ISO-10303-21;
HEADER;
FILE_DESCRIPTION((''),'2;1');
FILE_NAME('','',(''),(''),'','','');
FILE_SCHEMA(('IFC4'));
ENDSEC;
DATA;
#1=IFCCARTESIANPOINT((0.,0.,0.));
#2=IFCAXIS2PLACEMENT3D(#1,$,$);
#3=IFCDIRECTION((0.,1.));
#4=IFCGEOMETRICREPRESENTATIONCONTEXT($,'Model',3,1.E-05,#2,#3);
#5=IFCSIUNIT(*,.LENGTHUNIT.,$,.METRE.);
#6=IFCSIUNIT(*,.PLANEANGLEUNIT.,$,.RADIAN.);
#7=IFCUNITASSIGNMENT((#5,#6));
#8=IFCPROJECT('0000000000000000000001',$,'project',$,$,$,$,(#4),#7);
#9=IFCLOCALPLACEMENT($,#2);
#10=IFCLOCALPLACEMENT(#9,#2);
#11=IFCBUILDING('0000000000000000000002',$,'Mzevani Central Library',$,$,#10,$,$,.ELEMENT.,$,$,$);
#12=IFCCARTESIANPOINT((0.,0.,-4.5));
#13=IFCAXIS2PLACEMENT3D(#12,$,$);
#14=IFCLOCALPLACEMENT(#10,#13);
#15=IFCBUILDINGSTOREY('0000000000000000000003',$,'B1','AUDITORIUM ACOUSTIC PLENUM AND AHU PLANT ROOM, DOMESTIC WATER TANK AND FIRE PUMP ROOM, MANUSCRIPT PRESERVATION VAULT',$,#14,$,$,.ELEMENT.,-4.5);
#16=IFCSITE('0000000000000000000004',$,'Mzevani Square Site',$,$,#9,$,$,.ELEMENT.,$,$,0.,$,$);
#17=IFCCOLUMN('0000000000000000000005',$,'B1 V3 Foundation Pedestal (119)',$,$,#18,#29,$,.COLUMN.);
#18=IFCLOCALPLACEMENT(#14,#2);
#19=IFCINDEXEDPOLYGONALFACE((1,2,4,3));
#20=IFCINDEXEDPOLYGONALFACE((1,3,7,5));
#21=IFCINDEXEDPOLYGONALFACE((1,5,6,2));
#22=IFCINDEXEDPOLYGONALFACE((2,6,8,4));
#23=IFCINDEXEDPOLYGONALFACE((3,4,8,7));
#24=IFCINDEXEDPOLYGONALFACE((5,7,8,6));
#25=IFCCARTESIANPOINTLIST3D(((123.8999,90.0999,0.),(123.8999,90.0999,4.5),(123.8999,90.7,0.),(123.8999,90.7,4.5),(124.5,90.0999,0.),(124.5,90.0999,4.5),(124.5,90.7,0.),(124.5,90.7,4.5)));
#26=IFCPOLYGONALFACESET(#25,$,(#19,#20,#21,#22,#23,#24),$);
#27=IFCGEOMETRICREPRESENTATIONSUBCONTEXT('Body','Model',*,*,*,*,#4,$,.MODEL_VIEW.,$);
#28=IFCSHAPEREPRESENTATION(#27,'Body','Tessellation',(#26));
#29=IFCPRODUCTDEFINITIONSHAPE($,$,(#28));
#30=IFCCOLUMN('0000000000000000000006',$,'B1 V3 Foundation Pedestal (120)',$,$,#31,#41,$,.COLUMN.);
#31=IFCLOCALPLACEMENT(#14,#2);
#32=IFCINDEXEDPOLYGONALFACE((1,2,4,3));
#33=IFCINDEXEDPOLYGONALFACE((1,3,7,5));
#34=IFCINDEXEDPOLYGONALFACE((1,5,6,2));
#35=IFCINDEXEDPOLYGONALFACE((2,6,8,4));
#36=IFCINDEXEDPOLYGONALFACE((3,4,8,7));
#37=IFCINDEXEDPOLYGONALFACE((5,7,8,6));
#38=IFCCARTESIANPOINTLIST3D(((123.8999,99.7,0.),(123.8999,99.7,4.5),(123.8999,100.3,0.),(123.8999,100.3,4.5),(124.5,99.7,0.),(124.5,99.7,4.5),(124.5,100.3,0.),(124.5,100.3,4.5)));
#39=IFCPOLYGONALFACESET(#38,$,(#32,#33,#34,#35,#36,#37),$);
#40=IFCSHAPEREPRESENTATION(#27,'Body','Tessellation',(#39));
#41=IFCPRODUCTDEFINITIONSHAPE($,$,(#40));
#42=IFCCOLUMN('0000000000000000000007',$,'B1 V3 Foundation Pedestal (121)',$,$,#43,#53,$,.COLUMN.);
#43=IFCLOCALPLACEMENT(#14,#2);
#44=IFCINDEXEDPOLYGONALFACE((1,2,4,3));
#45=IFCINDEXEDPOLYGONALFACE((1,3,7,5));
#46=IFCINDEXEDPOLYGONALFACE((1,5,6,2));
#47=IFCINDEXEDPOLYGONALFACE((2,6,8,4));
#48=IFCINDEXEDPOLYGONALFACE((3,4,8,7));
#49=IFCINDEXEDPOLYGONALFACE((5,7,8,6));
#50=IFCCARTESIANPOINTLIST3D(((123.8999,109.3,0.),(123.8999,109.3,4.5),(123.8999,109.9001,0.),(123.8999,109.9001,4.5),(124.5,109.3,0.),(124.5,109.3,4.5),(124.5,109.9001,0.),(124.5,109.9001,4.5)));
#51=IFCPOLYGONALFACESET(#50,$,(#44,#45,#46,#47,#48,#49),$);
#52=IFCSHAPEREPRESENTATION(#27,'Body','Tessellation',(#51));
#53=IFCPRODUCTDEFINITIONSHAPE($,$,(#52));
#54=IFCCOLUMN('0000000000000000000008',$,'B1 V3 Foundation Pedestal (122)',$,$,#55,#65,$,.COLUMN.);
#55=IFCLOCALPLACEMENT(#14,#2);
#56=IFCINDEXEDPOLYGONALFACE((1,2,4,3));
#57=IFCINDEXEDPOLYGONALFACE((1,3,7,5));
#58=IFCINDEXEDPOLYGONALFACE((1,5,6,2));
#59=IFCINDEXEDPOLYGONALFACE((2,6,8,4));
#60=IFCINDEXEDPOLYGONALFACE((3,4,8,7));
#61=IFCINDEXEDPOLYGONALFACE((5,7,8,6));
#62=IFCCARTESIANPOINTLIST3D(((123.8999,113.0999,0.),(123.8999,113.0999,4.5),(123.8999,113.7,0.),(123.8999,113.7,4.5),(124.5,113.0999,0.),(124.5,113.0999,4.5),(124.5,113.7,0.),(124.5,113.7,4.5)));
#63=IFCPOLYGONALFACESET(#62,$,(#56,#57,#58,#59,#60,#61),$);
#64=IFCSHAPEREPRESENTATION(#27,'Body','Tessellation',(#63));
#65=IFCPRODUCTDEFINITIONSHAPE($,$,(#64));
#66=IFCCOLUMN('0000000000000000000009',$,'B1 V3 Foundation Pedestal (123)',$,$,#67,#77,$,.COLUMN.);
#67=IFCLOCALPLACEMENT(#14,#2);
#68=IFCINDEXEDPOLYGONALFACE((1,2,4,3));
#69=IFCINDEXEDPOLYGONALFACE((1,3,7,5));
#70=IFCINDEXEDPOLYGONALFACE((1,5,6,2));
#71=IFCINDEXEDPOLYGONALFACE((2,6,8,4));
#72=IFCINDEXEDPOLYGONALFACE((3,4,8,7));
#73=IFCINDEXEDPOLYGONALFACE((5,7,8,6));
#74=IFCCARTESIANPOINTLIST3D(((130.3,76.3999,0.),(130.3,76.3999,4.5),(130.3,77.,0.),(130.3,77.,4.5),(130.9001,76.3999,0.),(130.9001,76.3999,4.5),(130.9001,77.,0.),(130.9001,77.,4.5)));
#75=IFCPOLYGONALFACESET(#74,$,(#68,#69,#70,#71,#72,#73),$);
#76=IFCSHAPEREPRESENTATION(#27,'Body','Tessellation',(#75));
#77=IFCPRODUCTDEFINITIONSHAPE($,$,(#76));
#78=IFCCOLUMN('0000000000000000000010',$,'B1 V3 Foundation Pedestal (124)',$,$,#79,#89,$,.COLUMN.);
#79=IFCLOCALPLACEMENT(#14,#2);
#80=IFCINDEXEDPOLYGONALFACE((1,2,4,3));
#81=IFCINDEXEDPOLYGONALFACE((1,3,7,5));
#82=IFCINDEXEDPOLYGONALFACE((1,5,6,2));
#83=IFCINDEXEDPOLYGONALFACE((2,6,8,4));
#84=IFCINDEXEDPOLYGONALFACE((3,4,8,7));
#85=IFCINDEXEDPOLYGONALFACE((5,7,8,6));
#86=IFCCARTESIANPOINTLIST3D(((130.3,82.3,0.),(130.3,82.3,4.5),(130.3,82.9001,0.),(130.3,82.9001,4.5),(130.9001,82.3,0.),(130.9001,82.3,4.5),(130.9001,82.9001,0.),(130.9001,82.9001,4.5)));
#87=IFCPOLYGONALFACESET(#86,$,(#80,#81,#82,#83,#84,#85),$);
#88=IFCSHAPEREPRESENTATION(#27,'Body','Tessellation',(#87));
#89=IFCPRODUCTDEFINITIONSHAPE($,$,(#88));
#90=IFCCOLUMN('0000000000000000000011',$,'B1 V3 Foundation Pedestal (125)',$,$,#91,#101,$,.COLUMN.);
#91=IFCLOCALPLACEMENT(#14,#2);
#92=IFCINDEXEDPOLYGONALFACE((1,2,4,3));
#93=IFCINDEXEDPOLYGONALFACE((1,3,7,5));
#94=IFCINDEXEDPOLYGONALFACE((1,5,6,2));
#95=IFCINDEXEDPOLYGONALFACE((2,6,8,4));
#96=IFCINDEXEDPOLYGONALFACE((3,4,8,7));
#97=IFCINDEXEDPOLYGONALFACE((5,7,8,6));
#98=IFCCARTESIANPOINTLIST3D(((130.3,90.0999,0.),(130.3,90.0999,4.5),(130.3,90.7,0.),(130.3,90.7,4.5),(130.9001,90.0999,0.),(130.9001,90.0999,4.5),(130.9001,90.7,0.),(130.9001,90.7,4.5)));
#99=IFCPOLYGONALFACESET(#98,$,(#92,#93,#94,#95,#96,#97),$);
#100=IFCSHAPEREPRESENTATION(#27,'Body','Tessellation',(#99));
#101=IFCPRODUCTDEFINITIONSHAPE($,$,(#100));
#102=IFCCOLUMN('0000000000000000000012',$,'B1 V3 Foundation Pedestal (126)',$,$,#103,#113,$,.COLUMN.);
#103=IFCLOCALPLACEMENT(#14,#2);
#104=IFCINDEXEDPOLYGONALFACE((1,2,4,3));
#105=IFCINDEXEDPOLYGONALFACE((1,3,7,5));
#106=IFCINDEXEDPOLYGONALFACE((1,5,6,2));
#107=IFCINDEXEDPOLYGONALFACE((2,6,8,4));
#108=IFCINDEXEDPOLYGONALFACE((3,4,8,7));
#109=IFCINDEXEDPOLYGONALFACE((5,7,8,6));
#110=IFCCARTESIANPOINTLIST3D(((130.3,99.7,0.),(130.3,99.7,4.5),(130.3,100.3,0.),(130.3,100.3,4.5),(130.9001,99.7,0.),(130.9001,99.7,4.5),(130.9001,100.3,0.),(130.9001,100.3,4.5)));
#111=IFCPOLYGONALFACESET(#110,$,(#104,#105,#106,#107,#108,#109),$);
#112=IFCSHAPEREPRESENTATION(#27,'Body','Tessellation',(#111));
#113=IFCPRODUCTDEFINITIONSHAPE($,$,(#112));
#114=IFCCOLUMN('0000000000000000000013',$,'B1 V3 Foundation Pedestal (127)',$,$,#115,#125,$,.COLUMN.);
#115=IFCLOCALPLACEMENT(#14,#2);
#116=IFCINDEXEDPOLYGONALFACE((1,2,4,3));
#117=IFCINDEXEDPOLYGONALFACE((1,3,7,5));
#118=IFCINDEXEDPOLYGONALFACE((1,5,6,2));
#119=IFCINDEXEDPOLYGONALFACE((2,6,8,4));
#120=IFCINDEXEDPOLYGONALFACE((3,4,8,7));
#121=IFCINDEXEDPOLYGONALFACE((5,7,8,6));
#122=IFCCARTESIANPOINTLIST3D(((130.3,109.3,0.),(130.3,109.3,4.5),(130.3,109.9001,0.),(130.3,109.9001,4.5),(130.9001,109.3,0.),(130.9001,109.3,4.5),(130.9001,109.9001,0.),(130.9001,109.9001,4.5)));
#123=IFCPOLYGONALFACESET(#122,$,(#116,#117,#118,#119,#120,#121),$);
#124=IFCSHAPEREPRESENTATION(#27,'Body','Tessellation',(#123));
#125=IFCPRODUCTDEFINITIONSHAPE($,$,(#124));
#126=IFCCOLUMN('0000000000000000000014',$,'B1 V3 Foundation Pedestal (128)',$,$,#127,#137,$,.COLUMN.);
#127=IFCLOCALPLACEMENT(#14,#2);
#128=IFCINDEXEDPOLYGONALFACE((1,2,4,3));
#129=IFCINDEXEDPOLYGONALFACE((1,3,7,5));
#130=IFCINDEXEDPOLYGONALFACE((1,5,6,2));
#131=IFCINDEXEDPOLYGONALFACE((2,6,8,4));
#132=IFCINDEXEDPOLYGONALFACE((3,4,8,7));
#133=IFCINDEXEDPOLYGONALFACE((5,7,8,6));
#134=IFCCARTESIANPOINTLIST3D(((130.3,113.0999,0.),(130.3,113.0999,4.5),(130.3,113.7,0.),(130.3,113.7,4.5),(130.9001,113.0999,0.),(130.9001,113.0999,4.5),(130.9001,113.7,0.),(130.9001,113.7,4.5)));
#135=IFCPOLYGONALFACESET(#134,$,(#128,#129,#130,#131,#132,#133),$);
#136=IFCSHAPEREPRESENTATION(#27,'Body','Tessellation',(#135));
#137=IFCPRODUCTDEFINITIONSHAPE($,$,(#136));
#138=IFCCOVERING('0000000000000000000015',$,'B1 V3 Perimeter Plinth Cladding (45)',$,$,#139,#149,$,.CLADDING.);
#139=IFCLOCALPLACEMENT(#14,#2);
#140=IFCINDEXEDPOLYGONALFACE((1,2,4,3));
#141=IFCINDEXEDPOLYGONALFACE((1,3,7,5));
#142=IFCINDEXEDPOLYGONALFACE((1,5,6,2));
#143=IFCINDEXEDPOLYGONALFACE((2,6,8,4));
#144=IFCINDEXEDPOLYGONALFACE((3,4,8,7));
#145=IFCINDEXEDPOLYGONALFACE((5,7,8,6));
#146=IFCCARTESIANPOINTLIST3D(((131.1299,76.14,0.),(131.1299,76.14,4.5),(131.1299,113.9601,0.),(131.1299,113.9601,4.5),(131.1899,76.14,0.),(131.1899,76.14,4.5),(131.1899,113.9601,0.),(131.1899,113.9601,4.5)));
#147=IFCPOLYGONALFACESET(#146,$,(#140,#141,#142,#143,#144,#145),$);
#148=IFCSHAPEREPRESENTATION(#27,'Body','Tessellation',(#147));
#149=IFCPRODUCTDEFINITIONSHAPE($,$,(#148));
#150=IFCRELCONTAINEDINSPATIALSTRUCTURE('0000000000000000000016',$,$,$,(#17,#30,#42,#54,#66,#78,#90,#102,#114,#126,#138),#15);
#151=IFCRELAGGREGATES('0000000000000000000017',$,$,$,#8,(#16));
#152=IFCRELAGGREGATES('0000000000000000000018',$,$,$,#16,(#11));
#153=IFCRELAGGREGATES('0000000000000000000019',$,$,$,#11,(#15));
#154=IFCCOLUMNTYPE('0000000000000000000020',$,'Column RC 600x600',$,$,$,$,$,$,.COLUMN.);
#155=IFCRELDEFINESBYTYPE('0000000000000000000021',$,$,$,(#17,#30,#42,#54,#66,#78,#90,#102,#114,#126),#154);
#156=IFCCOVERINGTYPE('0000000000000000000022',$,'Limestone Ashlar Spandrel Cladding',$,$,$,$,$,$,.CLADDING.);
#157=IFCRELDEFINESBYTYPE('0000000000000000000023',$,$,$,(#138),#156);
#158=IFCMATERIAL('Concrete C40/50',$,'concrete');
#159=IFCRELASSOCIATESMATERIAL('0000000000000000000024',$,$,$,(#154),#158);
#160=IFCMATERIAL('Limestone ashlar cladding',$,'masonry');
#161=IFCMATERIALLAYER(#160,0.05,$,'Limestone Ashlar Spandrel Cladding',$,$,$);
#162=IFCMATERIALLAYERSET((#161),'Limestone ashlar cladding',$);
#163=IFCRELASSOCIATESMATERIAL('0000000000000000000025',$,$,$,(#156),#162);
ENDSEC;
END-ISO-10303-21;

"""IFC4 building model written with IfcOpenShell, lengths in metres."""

from ifc_helpers import new_model, si_unit, direction, frame, origin, origin_2d, place, context, subcontext, project, spatial, rectangle, extrude, material, layer, layer_set, material_profile, profile_set, type_object, element, save


model = new_model("IFC4")

# Units and contexts
model_context = context("Model", 3, precision=1e-05, world=origin(), true_north=direction((0.0, 1.0)))
body_context = subcontext(model_context, "Body", "Model", "MODEL_VIEW")
ifc_project = project(units=[si_unit("LENGTHUNIT", "METRE"), si_unit("PLANEANGLEUNIT", "RADIAN")], contexts=[model_context])

# Site, building, storey
site_placement = place(None, origin())
site = spatial("IfcSite", under=ifc_project, at=site_placement, Name="Mzevani Square Site", CompositionType="ELEMENT", RefElevation=0.0)
building_placement = place(site_placement, origin())
building = spatial("IfcBuilding", under=site, at=building_placement, Name="Mzevani Central Library", CompositionType="ELEMENT")
storey_placement = place(building_placement, frame((0.0, 0.0, -4.5)))
storey = spatial("IfcBuildingStorey", under=building, at=storey_placement, Name="B1", Description="AUDITORIUM ACOUSTIC PLENUM AND AHU PLANT ROOM, DOMESTIC WATER TANK AND FIRE PUMP ROOM, MANUSCRIPT PRESERVATION VAULT", CompositionType="ELEMENT", Elevation=-4.5)

# Shared definitions
ifc_material_1 = material(Name="Concrete C40/50", Category="concrete")

# Columns
ifc_material_profile_1 = material_profile(ifc_material_1, rectangle(XDim=0.6001, YDim=0.6001, at=origin_2d()), Name="RC 600x600")
ifc_profile_set_1 = profile_set([ifc_material_profile_1], Name="Concrete C40/50")
column_type = type_object("IfcColumnType", Name="Column RC 600x600", PredefinedType="COLUMN", material=ifc_profile_set_1)
for number, where, z_axis, x_axis, name in (
    (1, (124.2, 90.3999, 0.0), (0.0, 0.0, 1.0), (1.0, 0.0, 0.0), "B1 V3 Foundation Pedestal (119)"),
    (2, (124.2, 100.0, 0.0), (0.0, 0.0, 1.0), (1.0, 0.0, 0.0), "B1 V3 Foundation Pedestal (120)"),
    (3, (124.2, 109.6001, 0.0), (0.0, 0.0, 1.0), (1.0, 0.0, 0.0), "B1 V3 Foundation Pedestal (121)"),
    (4, (124.2, 113.3999, 0.0), (0.0, 0.0, 1.0), (1.0, 0.0, 0.0), "B1 V3 Foundation Pedestal (122)"),
    (5, (130.6001, 76.7, 0.0), (0.0, 0.0, 1.0), (1.0, 0.0, 0.0), "B1 V3 Foundation Pedestal (123)"),
    (6, (130.6001, 82.6001, 0.0), (0.0, 0.0, 1.0), (1.0, 0.0, 0.0), "B1 V3 Foundation Pedestal (124)"),
    (7, (130.6001, 90.3999, 0.0), (0.0, 0.0, 1.0), (1.0, 0.0, 0.0), "B1 V3 Foundation Pedestal (125)"),
    (8, (130.6001, 100.0, 0.0), (0.0, 0.0, 1.0), (1.0, 0.0, 0.0), "B1 V3 Foundation Pedestal (126)"),
    (9, (130.6001, 109.6001, 0.0), (0.0, 0.0, 1.0), (1.0, 0.0, 0.0), "B1 V3 Foundation Pedestal (127)"),
    (10, (130.6001, 113.3999, 0.0), (0.0, 0.0, 1.0), (1.0, 0.0, 0.0), "B1 V3 Foundation Pedestal (128)"),
):
    element("IfcColumn", number, at=place(storey_placement, frame(where, z_axis=z_axis, x_axis=x_axis)), inside=storey, type_object=column_type, Name=name, PredefinedType="COLUMN", context=body_context, shape_type="SweptSolid", body=[
        extrude(rectangle(XDim=0.6001, YDim=0.6001, at=origin_2d()), origin(), (0.0, 0.0, 1.0), 4.5),
    ])

# Covering
ifc_material_2 = material(Name="Limestone ashlar cladding", Category="masonry")
ifc_layer = layer(ifc_material_2, 0.05, Name="Limestone Ashlar Spandrel Cladding")
ifc_layer_set = layer_set([ifc_layer], Name="Limestone ashlar cladding")
covering_type = type_object("IfcCoveringType", Name="Limestone Ashlar Spandrel Cladding", PredefinedType="CLADDING", material=ifc_layer_set)
covering_placement = place(storey_placement, frame((131.1599, 95.05, 0.0), z_axis=(0.0, 0.0, 1.0), x_axis=(0.0, -1.0, 0.0)))
element("IfcCovering", 11, at=covering_placement, inside=storey, type_object=covering_type, Name="B1 V3 Perimeter Plinth Cladding (45)", PredefinedType="CLADDING", context=body_context, shape_type="SweptSolid", body=[
    extrude(rectangle(XDim=37.8201, YDim=0.0601, at=origin_2d()), origin(), (0.0, 0.0, 1.0), 4.5),
])

save(model, "model.ifc")
